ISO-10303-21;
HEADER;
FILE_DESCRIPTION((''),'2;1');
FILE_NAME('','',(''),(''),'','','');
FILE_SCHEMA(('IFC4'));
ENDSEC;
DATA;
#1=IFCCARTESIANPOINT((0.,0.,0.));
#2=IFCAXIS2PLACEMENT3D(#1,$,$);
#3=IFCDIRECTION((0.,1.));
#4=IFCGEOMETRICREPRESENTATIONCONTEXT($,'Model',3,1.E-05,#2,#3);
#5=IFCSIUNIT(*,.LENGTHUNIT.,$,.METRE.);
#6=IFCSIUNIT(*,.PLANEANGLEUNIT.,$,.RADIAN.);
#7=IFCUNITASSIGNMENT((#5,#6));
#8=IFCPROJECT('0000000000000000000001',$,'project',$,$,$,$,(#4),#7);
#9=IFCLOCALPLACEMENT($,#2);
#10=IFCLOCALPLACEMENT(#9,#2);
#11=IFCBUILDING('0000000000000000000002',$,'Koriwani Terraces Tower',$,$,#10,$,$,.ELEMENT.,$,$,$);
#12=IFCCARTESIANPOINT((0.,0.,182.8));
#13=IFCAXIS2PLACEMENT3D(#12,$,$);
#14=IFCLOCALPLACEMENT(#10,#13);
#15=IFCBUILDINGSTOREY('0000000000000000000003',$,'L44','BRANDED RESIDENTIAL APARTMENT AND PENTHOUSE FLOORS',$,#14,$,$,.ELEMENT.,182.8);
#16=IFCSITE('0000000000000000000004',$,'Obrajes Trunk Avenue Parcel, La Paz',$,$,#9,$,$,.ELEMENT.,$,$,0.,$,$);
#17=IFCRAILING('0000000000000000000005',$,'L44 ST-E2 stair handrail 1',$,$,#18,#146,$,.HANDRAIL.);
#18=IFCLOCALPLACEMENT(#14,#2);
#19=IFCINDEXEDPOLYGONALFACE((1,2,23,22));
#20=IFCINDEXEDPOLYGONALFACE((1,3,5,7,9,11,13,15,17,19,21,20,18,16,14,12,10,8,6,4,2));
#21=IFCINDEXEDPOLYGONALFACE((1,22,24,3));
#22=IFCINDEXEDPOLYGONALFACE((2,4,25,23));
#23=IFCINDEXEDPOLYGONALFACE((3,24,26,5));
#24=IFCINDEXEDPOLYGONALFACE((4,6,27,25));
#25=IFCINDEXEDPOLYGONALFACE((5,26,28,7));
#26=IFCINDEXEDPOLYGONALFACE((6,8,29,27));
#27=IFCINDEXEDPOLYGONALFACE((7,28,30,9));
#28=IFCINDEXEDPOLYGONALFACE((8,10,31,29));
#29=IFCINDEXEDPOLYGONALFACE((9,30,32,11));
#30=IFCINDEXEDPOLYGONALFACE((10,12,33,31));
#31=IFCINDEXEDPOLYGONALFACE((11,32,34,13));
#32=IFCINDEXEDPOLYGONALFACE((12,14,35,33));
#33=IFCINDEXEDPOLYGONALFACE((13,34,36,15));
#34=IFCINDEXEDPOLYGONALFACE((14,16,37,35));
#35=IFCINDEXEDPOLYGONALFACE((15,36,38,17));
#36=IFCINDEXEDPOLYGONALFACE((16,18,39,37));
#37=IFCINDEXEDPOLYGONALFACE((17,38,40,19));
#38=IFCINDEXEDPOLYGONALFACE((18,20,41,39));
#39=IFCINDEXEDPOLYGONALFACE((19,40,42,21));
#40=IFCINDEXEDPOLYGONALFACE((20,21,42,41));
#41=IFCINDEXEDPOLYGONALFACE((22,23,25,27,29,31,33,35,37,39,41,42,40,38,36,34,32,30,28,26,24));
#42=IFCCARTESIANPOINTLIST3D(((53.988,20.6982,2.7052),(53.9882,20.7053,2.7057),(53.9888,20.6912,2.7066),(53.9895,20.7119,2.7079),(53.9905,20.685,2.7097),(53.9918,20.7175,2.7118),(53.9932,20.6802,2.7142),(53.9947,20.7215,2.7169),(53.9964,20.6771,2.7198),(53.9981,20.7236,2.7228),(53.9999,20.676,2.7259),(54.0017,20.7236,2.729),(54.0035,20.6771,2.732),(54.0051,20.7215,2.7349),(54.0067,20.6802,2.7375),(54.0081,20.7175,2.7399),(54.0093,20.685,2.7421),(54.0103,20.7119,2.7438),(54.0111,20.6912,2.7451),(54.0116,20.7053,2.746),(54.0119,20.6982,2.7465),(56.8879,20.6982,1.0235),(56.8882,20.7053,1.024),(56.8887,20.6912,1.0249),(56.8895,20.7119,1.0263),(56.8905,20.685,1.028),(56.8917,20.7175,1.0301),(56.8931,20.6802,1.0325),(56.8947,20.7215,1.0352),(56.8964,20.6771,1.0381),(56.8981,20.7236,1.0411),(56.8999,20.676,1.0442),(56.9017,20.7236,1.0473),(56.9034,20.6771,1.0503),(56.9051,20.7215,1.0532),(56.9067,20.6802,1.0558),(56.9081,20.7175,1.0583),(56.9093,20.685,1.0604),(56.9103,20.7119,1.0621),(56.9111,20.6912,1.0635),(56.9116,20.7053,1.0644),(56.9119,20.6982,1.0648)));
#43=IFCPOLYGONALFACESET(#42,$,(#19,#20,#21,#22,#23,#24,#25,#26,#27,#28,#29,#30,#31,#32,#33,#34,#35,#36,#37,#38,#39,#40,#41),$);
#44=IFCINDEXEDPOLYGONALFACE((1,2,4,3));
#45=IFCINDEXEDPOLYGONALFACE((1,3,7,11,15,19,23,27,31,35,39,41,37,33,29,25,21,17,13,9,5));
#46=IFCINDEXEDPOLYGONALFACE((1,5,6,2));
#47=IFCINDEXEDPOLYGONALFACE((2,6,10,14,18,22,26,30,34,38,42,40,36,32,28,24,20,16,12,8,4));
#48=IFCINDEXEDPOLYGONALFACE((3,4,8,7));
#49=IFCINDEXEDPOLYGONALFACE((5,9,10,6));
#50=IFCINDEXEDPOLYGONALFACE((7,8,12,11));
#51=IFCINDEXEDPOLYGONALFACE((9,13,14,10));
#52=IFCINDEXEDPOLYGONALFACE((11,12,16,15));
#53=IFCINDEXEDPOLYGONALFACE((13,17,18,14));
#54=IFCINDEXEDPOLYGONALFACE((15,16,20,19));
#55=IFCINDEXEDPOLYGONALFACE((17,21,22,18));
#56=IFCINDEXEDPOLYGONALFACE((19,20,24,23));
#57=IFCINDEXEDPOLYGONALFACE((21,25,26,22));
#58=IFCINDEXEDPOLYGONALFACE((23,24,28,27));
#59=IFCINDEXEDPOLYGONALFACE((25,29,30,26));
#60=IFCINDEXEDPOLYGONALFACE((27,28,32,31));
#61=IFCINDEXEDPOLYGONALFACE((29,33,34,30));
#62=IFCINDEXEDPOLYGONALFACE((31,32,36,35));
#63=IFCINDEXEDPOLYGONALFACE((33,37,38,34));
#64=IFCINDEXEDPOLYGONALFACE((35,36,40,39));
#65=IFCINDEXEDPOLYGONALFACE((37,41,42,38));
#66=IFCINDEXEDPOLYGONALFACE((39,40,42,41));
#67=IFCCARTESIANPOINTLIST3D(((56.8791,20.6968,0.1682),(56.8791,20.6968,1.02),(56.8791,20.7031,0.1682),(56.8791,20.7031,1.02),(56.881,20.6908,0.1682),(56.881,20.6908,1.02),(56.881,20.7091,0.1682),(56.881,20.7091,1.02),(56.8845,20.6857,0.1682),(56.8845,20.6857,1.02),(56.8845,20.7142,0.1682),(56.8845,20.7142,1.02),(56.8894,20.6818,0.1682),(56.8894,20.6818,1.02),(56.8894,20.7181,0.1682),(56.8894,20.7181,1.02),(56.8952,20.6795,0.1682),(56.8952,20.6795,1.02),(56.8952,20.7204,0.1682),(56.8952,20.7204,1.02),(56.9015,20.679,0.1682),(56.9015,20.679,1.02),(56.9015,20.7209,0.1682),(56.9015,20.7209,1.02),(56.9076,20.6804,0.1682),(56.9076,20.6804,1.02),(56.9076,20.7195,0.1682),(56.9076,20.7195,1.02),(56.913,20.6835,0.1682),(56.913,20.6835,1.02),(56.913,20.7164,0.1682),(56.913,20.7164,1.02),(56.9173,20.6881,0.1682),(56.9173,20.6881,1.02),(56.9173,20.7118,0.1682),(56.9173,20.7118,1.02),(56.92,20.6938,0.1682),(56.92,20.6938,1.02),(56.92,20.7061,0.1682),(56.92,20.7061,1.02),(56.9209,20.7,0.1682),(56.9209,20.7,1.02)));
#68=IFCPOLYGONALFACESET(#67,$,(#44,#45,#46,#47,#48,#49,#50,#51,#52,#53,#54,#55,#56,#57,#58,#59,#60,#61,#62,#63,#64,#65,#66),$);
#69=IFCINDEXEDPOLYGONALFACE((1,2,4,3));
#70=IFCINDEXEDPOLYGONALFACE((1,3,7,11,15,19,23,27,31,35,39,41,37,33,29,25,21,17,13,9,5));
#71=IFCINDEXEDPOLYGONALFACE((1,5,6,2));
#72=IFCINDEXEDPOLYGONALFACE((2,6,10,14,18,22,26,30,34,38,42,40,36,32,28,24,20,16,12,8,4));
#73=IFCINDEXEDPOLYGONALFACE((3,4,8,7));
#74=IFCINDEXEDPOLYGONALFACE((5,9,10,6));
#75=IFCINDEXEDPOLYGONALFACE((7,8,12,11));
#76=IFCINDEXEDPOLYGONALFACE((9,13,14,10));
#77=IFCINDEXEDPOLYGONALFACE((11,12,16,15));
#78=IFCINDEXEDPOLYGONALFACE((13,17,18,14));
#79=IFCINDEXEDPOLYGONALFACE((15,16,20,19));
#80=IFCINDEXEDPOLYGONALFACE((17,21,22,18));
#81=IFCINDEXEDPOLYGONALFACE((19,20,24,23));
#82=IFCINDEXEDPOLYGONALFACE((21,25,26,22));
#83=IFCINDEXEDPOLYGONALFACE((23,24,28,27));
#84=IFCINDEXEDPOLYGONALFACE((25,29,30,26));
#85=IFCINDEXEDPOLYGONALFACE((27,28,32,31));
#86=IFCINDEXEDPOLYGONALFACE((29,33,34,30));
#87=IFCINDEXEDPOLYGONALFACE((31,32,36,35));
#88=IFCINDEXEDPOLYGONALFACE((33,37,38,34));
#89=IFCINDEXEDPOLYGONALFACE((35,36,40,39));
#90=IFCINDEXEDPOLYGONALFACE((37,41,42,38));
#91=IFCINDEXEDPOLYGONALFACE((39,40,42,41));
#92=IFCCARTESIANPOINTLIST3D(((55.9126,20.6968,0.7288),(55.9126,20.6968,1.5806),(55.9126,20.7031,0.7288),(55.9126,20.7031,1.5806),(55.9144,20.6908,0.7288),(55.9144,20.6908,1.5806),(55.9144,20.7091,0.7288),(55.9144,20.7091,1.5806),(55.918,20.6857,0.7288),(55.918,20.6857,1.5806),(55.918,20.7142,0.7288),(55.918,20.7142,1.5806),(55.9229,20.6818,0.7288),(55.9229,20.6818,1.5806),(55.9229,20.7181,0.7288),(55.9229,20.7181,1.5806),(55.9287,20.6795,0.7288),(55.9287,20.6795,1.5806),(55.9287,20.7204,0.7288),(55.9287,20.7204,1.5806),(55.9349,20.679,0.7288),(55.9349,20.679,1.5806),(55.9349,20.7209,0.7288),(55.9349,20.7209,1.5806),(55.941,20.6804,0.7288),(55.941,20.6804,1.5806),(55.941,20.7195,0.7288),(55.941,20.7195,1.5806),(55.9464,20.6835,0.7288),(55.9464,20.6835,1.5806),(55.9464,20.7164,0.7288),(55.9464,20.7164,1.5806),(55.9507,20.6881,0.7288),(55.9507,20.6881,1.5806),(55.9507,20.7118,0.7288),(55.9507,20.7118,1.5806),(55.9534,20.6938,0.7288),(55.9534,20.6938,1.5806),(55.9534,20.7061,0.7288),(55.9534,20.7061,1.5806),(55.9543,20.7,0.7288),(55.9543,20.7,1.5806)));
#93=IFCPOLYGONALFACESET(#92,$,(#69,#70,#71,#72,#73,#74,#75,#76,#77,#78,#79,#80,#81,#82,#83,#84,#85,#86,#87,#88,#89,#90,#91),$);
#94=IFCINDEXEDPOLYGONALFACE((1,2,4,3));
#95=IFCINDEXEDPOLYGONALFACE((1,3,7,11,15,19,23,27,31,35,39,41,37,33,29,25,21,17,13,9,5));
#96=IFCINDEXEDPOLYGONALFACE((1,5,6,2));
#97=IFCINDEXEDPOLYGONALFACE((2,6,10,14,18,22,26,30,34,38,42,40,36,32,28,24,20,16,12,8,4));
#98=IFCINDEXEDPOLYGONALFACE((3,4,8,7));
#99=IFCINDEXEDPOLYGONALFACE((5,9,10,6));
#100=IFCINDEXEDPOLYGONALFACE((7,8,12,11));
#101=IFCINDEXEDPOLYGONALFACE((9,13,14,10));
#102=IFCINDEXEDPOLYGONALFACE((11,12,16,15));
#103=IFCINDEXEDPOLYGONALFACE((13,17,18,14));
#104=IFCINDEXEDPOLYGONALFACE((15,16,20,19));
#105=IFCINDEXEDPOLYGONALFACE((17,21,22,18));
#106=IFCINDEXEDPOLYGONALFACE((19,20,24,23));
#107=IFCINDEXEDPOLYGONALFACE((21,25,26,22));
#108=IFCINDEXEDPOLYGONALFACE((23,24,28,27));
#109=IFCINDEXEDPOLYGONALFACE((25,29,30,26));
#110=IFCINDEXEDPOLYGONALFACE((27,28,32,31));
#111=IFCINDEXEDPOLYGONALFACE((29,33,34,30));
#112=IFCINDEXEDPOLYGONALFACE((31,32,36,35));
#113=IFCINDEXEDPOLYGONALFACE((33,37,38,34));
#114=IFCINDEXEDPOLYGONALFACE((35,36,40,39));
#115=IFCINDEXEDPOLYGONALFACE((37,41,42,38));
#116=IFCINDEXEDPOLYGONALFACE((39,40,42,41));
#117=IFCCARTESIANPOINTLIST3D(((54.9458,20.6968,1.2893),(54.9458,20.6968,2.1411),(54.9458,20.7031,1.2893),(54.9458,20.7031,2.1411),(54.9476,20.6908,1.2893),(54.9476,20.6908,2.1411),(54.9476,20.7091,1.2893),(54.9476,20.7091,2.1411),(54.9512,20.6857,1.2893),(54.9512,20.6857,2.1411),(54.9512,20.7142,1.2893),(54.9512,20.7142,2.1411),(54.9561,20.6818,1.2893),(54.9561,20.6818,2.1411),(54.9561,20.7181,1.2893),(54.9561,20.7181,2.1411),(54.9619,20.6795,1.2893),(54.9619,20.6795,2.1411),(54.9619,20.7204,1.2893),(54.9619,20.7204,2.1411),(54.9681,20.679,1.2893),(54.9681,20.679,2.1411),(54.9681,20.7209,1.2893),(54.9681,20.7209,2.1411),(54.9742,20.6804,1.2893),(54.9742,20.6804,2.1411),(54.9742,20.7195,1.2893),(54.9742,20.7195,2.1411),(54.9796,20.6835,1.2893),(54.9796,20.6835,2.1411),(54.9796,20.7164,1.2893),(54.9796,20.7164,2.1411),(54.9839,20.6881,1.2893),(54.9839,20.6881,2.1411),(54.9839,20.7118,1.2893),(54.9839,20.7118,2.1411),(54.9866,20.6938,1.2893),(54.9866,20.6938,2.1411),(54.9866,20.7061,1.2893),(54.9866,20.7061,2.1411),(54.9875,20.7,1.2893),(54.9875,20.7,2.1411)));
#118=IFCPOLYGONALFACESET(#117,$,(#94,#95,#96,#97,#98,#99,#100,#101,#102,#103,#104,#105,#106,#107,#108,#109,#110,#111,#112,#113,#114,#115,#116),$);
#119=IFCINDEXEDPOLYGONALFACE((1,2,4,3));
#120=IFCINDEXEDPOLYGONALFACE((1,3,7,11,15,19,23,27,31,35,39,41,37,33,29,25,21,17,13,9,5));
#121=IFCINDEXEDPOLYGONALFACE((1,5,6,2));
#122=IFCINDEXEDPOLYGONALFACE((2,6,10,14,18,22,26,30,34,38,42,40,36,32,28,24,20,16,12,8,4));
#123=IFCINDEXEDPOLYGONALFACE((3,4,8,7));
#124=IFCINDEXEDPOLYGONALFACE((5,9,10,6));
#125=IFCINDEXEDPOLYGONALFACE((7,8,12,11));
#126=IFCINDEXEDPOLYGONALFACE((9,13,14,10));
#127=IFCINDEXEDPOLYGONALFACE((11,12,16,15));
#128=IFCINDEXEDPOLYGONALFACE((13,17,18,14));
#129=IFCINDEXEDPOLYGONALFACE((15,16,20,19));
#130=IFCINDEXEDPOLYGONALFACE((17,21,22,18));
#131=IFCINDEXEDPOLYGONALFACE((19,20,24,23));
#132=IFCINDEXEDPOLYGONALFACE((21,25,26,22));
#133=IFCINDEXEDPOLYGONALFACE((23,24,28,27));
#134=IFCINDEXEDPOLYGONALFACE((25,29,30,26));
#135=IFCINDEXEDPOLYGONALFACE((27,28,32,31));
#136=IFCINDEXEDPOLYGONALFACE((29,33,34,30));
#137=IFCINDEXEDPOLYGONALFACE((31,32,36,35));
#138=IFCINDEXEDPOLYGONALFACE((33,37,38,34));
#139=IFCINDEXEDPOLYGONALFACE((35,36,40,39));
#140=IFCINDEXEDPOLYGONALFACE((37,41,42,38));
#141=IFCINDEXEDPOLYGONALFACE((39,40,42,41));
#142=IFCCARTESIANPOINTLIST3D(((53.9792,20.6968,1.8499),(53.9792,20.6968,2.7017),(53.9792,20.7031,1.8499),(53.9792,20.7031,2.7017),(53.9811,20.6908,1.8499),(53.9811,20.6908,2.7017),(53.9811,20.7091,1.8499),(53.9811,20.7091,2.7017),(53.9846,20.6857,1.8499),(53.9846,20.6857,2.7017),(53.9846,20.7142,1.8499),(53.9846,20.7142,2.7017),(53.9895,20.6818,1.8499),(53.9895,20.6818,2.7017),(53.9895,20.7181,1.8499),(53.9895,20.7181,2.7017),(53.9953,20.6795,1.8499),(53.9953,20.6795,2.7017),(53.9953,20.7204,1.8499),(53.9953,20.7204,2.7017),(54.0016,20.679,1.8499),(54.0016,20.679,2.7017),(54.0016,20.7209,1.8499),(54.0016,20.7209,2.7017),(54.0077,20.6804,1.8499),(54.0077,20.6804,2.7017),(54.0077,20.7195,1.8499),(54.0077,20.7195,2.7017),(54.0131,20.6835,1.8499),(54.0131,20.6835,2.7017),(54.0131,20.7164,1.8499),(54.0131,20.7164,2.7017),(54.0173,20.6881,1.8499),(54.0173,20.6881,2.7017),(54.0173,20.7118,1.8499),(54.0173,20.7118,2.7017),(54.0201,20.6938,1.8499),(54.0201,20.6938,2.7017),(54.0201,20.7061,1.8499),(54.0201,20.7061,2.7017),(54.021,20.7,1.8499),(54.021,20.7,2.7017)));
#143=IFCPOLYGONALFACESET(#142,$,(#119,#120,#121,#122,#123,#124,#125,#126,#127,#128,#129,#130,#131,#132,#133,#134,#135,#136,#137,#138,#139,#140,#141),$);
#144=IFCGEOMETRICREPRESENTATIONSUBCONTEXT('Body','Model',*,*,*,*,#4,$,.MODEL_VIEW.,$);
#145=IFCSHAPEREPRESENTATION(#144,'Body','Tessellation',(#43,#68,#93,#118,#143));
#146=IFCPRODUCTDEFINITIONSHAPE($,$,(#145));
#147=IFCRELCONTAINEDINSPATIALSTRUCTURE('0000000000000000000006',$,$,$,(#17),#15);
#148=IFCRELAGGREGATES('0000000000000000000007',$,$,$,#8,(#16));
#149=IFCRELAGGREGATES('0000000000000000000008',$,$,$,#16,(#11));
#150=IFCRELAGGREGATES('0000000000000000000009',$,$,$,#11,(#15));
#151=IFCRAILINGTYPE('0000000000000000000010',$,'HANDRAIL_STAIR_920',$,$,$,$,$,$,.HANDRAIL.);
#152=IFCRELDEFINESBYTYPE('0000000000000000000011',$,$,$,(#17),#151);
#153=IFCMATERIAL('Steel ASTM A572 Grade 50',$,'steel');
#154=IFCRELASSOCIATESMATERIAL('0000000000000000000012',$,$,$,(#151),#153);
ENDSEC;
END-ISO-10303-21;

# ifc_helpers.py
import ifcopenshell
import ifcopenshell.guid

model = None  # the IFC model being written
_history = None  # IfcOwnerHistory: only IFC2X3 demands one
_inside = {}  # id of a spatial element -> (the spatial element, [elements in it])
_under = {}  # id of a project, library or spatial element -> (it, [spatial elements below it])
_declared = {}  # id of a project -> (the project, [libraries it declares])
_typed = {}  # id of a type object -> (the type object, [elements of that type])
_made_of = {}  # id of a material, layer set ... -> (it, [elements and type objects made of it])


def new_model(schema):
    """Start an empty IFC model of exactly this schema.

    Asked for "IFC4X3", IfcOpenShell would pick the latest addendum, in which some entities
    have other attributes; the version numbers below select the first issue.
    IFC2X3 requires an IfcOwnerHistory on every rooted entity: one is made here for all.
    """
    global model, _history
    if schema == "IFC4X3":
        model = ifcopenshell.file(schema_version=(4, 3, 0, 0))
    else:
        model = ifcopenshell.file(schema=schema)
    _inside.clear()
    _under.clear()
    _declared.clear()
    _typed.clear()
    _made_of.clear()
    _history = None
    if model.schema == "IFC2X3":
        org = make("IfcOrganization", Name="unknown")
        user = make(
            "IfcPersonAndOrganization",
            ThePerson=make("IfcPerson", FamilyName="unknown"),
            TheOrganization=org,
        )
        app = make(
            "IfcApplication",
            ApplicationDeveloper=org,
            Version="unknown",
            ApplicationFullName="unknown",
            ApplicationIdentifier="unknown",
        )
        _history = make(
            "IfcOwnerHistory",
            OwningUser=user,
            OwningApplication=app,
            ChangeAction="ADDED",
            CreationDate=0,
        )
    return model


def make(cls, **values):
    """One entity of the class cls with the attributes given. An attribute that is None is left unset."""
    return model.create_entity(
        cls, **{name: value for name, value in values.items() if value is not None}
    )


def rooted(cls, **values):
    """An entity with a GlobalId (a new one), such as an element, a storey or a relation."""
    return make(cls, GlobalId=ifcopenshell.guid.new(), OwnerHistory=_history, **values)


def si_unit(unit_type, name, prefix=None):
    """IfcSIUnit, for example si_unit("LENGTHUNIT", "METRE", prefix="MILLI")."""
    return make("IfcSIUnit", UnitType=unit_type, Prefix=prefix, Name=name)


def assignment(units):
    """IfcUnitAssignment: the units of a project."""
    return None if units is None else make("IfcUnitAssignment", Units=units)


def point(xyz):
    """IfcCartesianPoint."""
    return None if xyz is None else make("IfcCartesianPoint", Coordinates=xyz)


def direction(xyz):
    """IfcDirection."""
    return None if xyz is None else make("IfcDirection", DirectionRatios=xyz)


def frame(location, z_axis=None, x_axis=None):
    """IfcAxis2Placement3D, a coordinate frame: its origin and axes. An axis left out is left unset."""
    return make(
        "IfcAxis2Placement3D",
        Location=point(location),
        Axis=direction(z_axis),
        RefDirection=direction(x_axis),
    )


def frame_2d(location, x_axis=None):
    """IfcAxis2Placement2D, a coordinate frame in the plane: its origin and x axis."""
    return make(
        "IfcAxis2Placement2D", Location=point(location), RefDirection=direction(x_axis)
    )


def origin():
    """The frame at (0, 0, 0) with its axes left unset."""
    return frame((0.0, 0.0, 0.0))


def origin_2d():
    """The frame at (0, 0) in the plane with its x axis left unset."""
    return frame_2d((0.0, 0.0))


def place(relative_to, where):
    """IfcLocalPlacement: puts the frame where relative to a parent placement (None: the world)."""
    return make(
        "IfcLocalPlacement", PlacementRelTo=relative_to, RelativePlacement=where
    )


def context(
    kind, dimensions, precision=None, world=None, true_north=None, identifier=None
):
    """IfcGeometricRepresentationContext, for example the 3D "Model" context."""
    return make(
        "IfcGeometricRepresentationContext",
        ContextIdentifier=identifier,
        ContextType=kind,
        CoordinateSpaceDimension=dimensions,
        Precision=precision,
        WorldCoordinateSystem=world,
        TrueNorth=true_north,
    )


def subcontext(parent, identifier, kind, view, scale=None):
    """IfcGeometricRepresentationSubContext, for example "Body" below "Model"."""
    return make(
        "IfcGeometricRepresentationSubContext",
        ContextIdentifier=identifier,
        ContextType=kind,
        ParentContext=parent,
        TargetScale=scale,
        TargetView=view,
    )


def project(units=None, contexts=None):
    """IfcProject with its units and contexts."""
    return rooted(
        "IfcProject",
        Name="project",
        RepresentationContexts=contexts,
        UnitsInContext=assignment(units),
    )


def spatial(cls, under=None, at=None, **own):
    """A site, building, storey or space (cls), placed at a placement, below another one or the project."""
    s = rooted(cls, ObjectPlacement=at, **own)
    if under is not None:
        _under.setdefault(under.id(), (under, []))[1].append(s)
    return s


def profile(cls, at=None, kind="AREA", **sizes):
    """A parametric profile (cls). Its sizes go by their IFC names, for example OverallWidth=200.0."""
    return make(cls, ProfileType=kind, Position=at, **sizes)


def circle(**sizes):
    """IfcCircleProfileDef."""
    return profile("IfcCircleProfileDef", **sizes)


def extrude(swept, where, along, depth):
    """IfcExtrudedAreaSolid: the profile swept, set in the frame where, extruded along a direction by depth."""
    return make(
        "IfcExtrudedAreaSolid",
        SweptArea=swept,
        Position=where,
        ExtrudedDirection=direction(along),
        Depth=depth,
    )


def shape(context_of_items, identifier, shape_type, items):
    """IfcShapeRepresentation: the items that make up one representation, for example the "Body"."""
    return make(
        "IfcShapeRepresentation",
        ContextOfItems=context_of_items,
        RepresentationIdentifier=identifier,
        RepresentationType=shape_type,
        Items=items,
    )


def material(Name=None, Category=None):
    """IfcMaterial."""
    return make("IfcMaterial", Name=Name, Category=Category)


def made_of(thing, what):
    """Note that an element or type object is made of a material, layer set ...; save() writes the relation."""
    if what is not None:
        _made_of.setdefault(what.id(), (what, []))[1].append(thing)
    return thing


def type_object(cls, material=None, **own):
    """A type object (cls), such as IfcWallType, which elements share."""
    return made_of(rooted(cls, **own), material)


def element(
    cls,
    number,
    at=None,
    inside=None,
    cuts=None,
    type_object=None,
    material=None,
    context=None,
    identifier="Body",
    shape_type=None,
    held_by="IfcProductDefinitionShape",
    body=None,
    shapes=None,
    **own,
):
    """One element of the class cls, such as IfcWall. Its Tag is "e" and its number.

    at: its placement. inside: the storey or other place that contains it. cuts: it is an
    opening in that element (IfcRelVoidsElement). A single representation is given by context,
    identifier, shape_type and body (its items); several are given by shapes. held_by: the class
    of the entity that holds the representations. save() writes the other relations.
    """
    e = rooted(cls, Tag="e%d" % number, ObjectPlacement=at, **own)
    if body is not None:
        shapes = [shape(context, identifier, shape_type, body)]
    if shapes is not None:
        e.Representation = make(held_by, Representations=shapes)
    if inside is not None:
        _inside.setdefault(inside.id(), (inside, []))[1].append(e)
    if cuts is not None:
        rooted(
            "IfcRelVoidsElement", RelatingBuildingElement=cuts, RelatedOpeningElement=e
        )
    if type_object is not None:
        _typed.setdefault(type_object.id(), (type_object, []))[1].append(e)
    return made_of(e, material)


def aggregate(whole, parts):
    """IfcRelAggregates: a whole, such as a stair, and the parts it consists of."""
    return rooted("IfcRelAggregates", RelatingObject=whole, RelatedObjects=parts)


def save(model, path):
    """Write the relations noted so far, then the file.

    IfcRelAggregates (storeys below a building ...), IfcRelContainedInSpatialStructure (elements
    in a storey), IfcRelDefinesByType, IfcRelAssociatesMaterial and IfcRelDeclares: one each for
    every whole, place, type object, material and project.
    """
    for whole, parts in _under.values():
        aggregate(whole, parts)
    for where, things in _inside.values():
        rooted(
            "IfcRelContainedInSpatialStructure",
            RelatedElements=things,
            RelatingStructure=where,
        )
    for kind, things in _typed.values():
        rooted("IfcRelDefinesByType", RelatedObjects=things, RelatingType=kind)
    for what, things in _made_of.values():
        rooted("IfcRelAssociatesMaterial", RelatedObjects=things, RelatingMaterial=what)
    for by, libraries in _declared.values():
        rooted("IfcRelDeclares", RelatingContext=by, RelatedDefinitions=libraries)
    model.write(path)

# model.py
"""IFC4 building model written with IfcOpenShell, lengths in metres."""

from ifc_helpers import new_model, si_unit, direction, frame, origin, origin_2d, place, context, subcontext, project, spatial, circle, extrude, material, type_object, element, save


model = new_model("IFC4")

# Units and contexts
model_context = context("Model", 3, precision=1e-05, world=origin(), true_north=direction((0.0, 1.0)))
body_context = subcontext(model_context, "Body", "Model", "MODEL_VIEW")
ifc_project = project(units=[si_unit("LENGTHUNIT", "METRE"), si_unit("PLANEANGLEUNIT", "RADIAN")], contexts=[model_context])

# Site, building, storey
site_placement = place(None, origin())
site = spatial("IfcSite", under=ifc_project, at=site_placement, Name="Obrajes Trunk Avenue Parcel, La Paz", CompositionType="ELEMENT", RefElevation=0.0)
building_placement = place(site_placement, origin())
building = spatial("IfcBuilding", under=site, at=building_placement, Name="Koriwani Terraces Tower", CompositionType="ELEMENT")
storey_placement = place(building_placement, frame((0.0, 0.0, 182.8)))
storey = spatial("IfcBuildingStorey", under=building, at=storey_placement, Name="L44", Description="BRANDED RESIDENTIAL APARTMENT AND PENTHOUSE FLOORS", CompositionType="ELEMENT", Elevation=182.8)

# Shared definitions
ifc_material_1 = material(Name="Steel ASTM A572 Grade 50", Category="steel")

# Railing
railing_type_1 = type_object("IfcRailingType", Name="HANDRAIL_STAIR_920", PredefinedType="HANDRAIL", material=ifc_material_1)
railing_1_placement = place(storey_placement, frame((56.8999, 20.7, 0.1682)))
element("IfcRailing", 1, at=railing_1_placement, inside=storey, type_object=railing_type_1, Name="L44 ST-E2 stair handrail 1", PredefinedType="HANDRAIL", context=body_context, shape_type="SweptSolid", body=[
    extrude(circle(Radius=0.0239, at=origin_2d()), frame((0.0, 0.0, 0.876), z_axis=(-0.86507, 0.0, 0.501651), x_axis=(0.0, -1.0, 0.0)), (0.0, 0.0, 1.0), 3.3523),
    extrude(circle(Radius=0.021, at=origin_2d()), origin(), (0.0, 0.0, 1.0), 0.8518),
    extrude(circle(Radius=0.021, at=origin_2d()), frame((-0.9666, 0.0, 0.5605)), (0.0, 0.0, 1.0), 0.8518),
    extrude(circle(Radius=0.021, at=origin_2d()), frame((-1.9333, 0.0, 1.1211)), (0.0, 0.0, 1.0), 0.8518),
    extrude(circle(Radius=0.021, at=origin_2d()), frame((-2.8999, 0.0, 1.6816)), (0.0, 0.0, 1.0), 0.8518),
])

save(model, "model.ifc")
